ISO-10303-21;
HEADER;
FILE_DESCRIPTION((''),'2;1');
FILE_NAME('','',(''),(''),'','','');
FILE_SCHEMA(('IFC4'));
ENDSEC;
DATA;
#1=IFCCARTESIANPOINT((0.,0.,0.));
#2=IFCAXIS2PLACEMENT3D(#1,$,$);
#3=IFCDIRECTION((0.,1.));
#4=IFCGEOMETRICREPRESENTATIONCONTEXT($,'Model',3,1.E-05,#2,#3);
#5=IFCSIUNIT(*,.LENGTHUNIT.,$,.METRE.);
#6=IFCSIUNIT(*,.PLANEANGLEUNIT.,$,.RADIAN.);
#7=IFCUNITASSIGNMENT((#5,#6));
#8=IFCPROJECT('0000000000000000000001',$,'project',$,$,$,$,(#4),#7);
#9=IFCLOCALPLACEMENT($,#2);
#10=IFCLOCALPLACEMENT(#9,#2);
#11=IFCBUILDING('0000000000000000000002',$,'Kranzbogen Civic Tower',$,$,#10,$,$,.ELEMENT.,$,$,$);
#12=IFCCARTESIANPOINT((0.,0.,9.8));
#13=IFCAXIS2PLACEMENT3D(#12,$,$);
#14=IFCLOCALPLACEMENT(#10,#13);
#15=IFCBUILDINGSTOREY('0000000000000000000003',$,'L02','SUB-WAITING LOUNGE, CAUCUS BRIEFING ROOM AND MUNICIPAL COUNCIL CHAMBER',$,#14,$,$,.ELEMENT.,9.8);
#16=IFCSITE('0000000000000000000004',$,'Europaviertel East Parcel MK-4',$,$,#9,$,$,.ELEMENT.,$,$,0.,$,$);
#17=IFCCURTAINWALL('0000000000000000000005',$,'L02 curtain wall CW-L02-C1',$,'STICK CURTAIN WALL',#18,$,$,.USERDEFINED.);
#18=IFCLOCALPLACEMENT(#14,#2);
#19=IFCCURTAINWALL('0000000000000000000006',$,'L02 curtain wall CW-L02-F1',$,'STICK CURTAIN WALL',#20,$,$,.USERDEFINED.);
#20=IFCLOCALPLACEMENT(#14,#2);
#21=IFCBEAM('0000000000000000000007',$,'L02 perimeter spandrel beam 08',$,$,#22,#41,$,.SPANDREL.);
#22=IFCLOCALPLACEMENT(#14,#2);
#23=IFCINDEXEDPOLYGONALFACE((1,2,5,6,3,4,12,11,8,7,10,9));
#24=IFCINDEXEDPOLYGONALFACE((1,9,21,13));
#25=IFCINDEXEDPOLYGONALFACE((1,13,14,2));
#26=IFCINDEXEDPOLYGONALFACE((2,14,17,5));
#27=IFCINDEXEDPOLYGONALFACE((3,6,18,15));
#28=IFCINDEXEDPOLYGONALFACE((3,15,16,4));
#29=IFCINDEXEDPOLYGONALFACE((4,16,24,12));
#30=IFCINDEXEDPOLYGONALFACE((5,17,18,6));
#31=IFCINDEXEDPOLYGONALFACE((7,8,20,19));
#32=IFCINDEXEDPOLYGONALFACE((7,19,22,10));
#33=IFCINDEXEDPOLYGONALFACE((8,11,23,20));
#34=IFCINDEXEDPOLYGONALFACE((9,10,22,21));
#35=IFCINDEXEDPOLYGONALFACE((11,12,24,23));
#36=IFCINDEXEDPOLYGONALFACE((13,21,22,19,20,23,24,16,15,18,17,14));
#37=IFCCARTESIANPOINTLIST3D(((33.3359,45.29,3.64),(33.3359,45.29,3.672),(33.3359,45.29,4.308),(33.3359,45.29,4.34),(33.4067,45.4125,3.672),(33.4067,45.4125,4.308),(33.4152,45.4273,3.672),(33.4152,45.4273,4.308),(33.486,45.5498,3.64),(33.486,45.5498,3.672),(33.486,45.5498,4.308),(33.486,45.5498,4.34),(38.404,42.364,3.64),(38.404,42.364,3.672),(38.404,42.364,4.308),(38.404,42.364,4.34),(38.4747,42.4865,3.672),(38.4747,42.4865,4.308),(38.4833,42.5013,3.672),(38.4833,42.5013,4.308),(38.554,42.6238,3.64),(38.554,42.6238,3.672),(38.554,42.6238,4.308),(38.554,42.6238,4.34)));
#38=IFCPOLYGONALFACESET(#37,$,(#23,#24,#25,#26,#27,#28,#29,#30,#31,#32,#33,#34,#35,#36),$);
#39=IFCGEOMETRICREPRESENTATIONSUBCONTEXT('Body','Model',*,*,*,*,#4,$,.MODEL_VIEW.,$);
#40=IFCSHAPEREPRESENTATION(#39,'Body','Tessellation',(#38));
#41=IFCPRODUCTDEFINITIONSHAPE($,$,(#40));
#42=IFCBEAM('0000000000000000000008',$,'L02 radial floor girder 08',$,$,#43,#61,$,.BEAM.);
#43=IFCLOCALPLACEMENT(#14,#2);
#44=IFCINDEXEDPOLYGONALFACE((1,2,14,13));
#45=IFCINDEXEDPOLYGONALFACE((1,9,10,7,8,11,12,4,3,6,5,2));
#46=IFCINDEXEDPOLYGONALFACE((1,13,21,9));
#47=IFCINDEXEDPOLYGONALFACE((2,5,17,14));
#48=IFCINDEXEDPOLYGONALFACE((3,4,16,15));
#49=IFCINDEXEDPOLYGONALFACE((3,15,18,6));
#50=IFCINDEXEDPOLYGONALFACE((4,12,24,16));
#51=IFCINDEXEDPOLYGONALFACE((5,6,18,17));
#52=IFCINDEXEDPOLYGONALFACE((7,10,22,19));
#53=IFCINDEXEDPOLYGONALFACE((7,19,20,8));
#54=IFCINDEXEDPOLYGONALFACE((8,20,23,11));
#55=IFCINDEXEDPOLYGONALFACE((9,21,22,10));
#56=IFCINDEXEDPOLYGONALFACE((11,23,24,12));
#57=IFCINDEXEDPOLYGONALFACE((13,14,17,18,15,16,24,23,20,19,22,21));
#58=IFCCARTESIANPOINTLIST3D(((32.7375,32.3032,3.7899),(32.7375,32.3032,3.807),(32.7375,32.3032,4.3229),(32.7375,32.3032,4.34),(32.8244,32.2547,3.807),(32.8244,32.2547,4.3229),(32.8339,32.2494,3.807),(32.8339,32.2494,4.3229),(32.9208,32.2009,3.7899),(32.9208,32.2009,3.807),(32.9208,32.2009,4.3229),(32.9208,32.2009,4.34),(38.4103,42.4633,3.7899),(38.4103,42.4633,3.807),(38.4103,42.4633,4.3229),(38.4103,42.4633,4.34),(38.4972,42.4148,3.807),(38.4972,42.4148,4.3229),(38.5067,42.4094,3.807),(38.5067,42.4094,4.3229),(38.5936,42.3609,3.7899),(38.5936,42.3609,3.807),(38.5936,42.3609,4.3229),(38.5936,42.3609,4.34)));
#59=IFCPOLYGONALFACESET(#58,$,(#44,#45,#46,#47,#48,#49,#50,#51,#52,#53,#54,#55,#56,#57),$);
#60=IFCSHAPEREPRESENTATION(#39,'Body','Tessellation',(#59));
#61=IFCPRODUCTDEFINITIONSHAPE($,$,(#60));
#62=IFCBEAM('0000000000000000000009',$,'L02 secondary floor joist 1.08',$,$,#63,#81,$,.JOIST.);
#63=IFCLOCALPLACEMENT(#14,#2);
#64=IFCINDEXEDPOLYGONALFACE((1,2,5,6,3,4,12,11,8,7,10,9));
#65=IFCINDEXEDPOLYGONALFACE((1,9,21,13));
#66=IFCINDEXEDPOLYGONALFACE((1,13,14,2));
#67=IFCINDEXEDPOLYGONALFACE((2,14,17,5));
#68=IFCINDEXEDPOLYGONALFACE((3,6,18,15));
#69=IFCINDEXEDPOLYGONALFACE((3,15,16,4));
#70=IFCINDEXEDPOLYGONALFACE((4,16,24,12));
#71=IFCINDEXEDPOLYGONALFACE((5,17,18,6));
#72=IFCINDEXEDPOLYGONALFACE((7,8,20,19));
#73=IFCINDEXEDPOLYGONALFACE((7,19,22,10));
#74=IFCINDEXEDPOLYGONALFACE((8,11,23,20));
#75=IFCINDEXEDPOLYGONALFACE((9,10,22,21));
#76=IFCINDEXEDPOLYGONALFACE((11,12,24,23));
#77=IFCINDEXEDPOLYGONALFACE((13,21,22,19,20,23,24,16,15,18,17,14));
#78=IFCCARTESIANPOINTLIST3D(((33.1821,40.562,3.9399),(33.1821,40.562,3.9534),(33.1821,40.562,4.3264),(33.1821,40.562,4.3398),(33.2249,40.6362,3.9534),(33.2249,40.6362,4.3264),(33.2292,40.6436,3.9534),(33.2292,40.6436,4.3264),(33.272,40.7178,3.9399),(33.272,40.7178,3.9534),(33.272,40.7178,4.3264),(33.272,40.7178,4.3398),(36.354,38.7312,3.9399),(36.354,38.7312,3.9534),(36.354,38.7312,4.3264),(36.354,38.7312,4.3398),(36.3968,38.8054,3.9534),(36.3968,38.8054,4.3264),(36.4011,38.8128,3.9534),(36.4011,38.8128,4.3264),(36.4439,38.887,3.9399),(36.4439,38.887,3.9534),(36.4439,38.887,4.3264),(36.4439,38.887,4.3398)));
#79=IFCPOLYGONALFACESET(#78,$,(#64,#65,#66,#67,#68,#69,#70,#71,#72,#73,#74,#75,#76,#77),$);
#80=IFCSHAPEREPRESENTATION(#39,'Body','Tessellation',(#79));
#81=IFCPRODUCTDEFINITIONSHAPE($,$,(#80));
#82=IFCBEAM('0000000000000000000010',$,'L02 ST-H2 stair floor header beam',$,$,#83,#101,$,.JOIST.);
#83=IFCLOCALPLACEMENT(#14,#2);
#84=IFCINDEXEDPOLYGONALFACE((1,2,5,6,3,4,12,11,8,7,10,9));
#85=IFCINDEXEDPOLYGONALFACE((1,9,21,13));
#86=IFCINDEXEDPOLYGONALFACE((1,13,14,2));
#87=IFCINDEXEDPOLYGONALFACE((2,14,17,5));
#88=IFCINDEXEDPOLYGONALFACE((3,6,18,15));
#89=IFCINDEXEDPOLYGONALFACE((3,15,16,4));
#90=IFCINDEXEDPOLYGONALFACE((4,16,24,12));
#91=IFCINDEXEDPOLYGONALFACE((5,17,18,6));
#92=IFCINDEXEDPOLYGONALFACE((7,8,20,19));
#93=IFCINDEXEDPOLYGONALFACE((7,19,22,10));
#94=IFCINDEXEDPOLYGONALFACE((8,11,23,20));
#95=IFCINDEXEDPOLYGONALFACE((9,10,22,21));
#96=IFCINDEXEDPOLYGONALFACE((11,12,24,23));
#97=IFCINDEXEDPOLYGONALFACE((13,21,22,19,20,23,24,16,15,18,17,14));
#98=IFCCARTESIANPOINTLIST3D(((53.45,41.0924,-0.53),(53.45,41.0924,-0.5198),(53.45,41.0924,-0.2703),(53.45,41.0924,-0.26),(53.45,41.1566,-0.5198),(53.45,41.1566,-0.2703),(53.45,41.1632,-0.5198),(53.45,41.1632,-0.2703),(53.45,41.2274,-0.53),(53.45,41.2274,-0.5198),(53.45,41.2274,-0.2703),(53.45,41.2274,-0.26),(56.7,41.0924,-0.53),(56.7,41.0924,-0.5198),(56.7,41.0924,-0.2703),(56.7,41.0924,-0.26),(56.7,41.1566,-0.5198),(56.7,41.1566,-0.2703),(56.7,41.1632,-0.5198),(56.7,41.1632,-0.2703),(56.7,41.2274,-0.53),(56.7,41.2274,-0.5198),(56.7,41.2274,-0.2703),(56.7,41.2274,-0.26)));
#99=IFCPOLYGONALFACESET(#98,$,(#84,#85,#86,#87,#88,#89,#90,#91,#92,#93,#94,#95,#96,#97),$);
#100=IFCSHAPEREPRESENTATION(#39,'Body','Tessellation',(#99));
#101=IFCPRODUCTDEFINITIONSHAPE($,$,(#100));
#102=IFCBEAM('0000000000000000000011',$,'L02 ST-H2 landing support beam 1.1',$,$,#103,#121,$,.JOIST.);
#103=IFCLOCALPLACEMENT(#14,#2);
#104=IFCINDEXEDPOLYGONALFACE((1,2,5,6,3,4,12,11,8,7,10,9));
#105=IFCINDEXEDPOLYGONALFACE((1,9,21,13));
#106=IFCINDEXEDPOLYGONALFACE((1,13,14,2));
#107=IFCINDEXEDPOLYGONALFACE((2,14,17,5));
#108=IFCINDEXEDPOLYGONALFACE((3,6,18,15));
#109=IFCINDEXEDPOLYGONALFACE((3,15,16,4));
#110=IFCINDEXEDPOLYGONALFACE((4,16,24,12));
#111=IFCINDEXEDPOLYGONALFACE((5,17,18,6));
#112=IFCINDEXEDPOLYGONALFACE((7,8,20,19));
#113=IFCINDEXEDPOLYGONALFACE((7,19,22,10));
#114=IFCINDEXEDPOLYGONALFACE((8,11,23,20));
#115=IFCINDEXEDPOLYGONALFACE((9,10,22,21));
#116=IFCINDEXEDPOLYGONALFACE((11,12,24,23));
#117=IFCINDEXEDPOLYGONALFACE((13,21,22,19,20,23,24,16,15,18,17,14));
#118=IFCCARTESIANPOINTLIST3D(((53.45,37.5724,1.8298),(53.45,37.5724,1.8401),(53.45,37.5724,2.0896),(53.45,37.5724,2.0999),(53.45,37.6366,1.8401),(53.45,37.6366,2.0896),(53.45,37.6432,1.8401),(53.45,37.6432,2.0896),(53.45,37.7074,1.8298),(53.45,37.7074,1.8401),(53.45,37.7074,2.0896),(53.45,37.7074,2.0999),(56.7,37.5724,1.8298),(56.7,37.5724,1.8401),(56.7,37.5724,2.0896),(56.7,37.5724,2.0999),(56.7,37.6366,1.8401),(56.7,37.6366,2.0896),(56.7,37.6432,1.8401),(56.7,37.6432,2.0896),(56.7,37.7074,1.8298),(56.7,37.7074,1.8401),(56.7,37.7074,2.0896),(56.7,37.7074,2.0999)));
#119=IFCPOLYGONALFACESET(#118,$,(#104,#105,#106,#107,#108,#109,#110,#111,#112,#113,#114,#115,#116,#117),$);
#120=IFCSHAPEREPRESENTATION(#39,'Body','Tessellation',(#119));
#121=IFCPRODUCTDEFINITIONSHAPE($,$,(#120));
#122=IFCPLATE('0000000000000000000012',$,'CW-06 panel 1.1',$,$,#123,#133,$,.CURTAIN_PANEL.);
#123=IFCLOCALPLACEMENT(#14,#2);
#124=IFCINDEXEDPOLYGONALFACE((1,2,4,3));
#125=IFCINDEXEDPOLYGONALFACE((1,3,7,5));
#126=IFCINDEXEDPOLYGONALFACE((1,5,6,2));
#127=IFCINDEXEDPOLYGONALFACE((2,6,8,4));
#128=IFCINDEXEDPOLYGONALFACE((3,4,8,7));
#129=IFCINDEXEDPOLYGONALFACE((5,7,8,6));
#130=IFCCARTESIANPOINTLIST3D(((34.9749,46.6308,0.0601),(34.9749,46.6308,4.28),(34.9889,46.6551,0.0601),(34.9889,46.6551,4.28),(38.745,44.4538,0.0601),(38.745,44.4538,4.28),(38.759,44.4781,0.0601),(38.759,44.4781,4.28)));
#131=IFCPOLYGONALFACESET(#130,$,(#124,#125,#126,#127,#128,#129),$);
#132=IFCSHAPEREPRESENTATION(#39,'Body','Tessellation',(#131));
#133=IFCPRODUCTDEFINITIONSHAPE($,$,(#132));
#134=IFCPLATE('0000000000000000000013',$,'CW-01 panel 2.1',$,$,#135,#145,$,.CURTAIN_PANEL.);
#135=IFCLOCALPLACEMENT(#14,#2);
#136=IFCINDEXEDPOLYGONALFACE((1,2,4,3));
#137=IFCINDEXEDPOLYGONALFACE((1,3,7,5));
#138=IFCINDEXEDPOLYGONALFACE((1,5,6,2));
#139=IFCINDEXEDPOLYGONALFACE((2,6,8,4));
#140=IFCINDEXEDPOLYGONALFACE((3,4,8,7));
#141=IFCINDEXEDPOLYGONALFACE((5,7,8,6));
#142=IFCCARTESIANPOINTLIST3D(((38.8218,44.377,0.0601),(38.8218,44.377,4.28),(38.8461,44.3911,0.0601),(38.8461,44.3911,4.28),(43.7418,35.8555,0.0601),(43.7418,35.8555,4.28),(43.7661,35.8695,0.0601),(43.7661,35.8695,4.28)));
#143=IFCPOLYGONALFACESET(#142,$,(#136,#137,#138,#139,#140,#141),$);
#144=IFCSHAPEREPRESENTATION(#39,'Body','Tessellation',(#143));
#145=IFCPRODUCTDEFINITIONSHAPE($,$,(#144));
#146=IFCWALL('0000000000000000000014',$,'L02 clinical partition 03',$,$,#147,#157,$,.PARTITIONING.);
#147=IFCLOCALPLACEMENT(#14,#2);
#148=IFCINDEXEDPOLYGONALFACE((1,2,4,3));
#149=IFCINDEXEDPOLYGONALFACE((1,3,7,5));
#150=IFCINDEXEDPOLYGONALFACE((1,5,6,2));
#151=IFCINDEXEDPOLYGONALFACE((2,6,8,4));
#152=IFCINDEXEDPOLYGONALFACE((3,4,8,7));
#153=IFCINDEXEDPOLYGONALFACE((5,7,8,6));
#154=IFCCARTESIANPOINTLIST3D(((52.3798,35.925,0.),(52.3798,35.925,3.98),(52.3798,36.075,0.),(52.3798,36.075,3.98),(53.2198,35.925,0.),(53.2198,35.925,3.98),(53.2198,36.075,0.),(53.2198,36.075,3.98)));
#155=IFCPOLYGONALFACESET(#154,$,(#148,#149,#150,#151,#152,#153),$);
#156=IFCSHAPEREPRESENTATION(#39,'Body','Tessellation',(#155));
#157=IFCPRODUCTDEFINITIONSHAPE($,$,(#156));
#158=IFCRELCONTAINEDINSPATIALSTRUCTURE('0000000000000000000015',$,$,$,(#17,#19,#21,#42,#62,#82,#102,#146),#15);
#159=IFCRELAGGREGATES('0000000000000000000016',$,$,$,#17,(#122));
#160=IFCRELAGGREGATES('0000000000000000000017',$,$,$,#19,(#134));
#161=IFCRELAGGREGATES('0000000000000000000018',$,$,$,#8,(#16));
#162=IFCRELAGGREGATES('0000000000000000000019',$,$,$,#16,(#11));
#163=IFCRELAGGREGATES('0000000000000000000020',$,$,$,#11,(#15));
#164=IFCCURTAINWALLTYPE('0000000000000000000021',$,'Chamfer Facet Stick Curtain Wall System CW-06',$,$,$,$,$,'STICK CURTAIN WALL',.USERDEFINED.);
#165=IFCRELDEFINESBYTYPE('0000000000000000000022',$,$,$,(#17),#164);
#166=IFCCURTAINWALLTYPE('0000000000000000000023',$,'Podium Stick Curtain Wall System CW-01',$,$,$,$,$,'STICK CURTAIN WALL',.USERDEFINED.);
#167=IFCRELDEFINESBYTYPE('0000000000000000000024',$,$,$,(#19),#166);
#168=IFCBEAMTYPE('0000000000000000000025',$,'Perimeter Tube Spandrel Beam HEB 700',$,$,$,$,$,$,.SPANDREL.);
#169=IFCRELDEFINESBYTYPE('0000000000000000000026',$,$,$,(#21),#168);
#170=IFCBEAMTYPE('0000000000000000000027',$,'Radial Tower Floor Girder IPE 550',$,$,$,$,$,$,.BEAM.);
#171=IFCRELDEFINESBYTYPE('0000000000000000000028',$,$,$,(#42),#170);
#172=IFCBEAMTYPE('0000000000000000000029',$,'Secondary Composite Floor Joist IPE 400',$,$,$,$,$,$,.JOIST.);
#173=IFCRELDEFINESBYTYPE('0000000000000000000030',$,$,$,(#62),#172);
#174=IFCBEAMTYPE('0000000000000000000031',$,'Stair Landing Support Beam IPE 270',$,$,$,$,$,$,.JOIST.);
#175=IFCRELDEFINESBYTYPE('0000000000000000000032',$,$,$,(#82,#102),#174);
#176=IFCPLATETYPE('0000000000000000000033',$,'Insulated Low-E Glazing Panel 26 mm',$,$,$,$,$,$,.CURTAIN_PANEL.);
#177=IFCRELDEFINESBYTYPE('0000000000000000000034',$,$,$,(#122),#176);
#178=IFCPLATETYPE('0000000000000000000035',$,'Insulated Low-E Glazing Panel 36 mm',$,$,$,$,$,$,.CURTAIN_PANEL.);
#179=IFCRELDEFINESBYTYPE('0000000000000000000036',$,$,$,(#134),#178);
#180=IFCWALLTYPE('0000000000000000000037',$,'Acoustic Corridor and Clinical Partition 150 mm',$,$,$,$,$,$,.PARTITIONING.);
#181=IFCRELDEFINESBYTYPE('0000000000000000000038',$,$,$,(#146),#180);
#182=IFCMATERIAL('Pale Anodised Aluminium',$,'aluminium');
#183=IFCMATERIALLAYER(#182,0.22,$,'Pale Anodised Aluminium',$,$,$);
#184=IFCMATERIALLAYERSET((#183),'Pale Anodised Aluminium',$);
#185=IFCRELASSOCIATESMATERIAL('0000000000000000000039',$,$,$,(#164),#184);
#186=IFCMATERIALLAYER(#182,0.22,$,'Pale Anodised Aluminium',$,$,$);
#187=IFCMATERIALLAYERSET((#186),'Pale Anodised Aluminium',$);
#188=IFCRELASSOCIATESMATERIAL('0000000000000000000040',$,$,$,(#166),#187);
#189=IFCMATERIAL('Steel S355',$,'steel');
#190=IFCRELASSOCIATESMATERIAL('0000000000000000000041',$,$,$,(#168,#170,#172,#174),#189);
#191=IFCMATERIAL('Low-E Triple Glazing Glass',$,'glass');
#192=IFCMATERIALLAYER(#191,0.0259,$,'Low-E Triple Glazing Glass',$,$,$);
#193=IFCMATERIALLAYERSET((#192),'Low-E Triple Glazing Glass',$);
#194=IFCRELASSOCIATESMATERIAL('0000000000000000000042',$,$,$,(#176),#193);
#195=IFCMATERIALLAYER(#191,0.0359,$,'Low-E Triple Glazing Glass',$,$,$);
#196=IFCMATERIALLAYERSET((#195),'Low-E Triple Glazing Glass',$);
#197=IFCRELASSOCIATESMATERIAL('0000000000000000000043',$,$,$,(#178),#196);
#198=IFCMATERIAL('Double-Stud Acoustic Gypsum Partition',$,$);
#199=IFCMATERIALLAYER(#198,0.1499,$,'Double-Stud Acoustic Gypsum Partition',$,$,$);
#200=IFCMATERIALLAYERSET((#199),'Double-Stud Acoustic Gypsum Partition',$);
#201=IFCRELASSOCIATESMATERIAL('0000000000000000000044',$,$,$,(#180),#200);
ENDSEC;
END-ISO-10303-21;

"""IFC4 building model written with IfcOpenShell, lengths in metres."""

from ifc_helpers import new_model, si_unit, direction, frame, frame_2d, origin, origin_2d, place, context, subcontext, project, spatial, rectangle, i_section, extrude, material, layer, layer_set, material_profile, profile_set, type_object, element, aggregate, save


model = new_model("IFC4")

# Units and contexts
model_context = context("Model", 3, precision=1e-05, world=origin(), true_north=direction((0.0, 1.0)))
body_context = subcontext(model_context, "Body", "Model", "MODEL_VIEW")
ifc_project = project(units=[si_unit("LENGTHUNIT", "METRE"), si_unit("PLANEANGLEUNIT", "RADIAN")], contexts=[model_context])

# Site, building, storey
site_placement = place(None, origin())
site = spatial("IfcSite", under=ifc_project, at=site_placement, Name="Europaviertel East Parcel MK-4", CompositionType="ELEMENT", RefElevation=0.0)
building_placement = place(site_placement, origin())
building = spatial("IfcBuilding", under=site, at=building_placement, Name="Kranzbogen Civic Tower", CompositionType="ELEMENT")
storey_placement = place(building_placement, frame((0.0, 0.0, 9.8)))
storey = spatial("IfcBuildingStorey", under=building, at=storey_placement, Name="L02", Description="SUB-WAITING LOUNGE, CAUCUS BRIEFING ROOM AND MUNICIPAL COUNCIL CHAMBER", CompositionType="ELEMENT", Elevation=9.8)

# Curtain wall
ifc_material_1 = material(Name="Pale Anodised Aluminium", Category="aluminium")
ifc_layer_1 = layer(ifc_material_1, 0.22, Name="Pale Anodised Aluminium")
ifc_layer_set_1 = layer_set([ifc_layer_1], Name="Pale Anodised Aluminium")
curtain_wall_type_1 = type_object("IfcCurtainWallType", Name="Chamfer Facet Stick Curtain Wall System CW-06", ElementType="STICK CURTAIN WALL", PredefinedType="USERDEFINED", material=ifc_layer_set_1)
curtain_wall_1_placement = place(storey_placement, origin())
curtain_wall_1 = element("IfcCurtainWall", 1, at=curtain_wall_1_placement, inside=storey, type_object=curtain_wall_type_1, Name="L02 curtain wall CW-L02-C1", ObjectType="STICK CURTAIN WALL", PredefinedType="USERDEFINED")

# Curtain wall
ifc_layer_2 = layer(ifc_material_1, 0.22, Name="Pale Anodised Aluminium")
ifc_layer_set_2 = layer_set([ifc_layer_2], Name="Pale Anodised Aluminium")
curtain_wall_type_2 = type_object("IfcCurtainWallType", Name="Podium Stick Curtain Wall System CW-01", ElementType="STICK CURTAIN WALL", PredefinedType="USERDEFINED", material=ifc_layer_set_2)
curtain_wall_2_placement = place(storey_placement, origin())
curtain_wall_2 = element("IfcCurtainWall", 2, at=curtain_wall_2_placement, inside=storey, type_object=curtain_wall_type_2, Name="L02 curtain wall CW-L02-F1", ObjectType="STICK CURTAIN WALL", PredefinedType="USERDEFINED")

# Beams
ifc_material_2 = material(Name="Steel S355", Category="steel")
ifc_material_profile_1 = material_profile(ifc_material_2, i_section(OverallWidth=0.3, OverallDepth=0.7, WebThickness=0.0171, FlangeThickness=0.032, at=origin_2d()), Name="HEB 700")
ifc_profile_set_1 = profile_set([ifc_material_profile_1], Name="Steel S355")
beam_type_1 = type_object("IfcBeamType", Name="Perimeter Tube Spandrel Beam HEB 700", PredefinedType="SPANDREL", material=ifc_profile_set_1)
beam_1_placement = place(storey_placement, frame((38.479, 42.4939, 3.99), z_axis=(-0.866029, 0.499993, 0.0), x_axis=(-0.499993, -0.866029, 0.0)))
element("IfcBeam", 3, at=beam_1_placement, inside=storey, type_object=beam_type_1, Name="L02 perimeter spandrel beam 08", PredefinedType="SPANDREL", context=body_context, shape_type="SweptSolid", body=[
    extrude(i_section(OverallWidth=0.3, OverallDepth=0.7, WebThickness=0.0171, FlangeThickness=0.032, at=origin_2d()), origin(), (0.0, 0.0, 1.0), 5.8521),
])
ifc_material_profile_2 = material_profile(ifc_material_2, i_section(OverallWidth=0.21, OverallDepth=0.55, WebThickness=0.011, FlangeThickness=0.0171, at=origin_2d()), Name="IPE 550")
ifc_profile_set_2 = profile_set([ifc_material_profile_2], Name="Steel S355")
beam_type_2 = type_object("IfcBeamType", Name="Radial Tower Floor Girder IPE 550", PredefinedType="BEAM", material=ifc_profile_set_2)
beam_2_placement = place(storey_placement, frame((38.502, 42.4121, 4.0649), z_axis=(-0.487502, -0.873122, 0.0), x_axis=(0.873122, -0.487502, 0.0)))
element("IfcBeam", 4, at=beam_2_placement, inside=storey, type_object=beam_type_2, Name="L02 radial floor girder 08", PredefinedType="BEAM", context=body_context, shape_type="SweptSolid", body=[
    extrude(i_section(OverallWidth=0.21, OverallDepth=0.55, WebThickness=0.011, FlangeThickness=0.0171, at=origin_2d()), origin(), (0.0, 0.0, 1.0), 11.6365),
])
ifc_material_profile_3 = material_profile(ifc_material_2, i_section(OverallWidth=0.1799, OverallDepth=0.3999, WebThickness=0.0085, FlangeThickness=0.0134, at=origin_2d()), Name="IPE 400")
ifc_profile_set_3 = profile_set([ifc_material_profile_3], Name="Steel S355")
beam_type_3 = type_object("IfcBeamType", Name="Secondary Composite Floor Joist IPE 400", PredefinedType="JOIST", material=ifc_profile_set_3)
beam_3_placement = place(storey_placement, frame((36.3989, 38.8091, 4.1399), z_axis=(-0.866081, 0.499903, 0.0), x_axis=(-0.499903, -0.866081, 0.0)))
element("IfcBeam", 5, at=beam_3_placement, inside=storey, type_object=beam_type_3, Name="L02 secondary floor joist 1.08", PredefinedType="JOIST", context=body_context, shape_type="SweptSolid", body=[
    extrude(i_section(OverallWidth=0.1799, OverallDepth=0.3999, WebThickness=0.0085, FlangeThickness=0.0134, at=origin_2d()), origin(), (0.0, 0.0, 1.0), 3.6624),
])
ifc_material_profile_4 = material_profile(ifc_material_2, i_section(OverallWidth=0.135, OverallDepth=0.27, WebThickness=0.0066, FlangeThickness=0.0103, at=origin_2d()), Name="IPE 270")
ifc_profile_set_4 = profile_set([ifc_material_profile_4], Name="Steel S355")
beam_type_4 = type_object("IfcBeamType", Name="Stair Landing Support Beam IPE 270", PredefinedType="JOIST", material=ifc_profile_set_4)
for number, where, z_axis, x_axis, name in (
    (6, (53.45, 41.1599, -0.395), (1.0, 0.0, 0.0), (0.0, 1.0, 0.0), "L02 ST-H2 stair floor header beam"),
    (7, (53.45, 37.6399, 1.9648), (1.0, 0.0, 0.0), (0.0, 1.0, 0.0), "L02 ST-H2 landing support beam 1.1"),
):
    element("IfcBeam", number, at=place(storey_placement, frame(where, z_axis=z_axis, x_axis=x_axis)), inside=storey, type_object=beam_type_4, Name=name, PredefinedType="JOIST", context=body_context, shape_type="SweptSolid", body=[
        extrude(i_section(OverallWidth=0.135, OverallDepth=0.27, WebThickness=0.0066, FlangeThickness=0.0103, at=origin_2d()), origin(), (0.0, 0.0, 1.0), 3.25),
    ])

# Plates
ifc_material_3 = material(Name="Low-E Triple Glazing Glass", Category="glass")
ifc_layer_3 = layer(ifc_material_3, 0.0259, Name="Low-E Triple Glazing Glass")
ifc_layer_set_3 = layer_set([ifc_layer_3], Name="Low-E Triple Glazing Glass")
plate_type_1 = type_object("IfcPlateType", Name="Insulated Low-E Glazing Panel 26 mm", PredefinedType="CURTAIN_PANEL", material=ifc_layer_set_3)
plate_1_placement = place(storey_placement, frame((36.8669, 45.5544, 0.0601), z_axis=(0.0, 0.0, 1.0), x_axis=(-0.865992, 0.500058, 0.0)))
plate_1 = element("IfcPlate", 8, at=plate_1_placement, type_object=plate_type_1, Name="CW-06 panel 1.1", PredefinedType="CURTAIN_PANEL", context=body_context, shape_type="SweptSolid", body=[
    extrude(rectangle(XDim=4.3535, YDim=0.0281, at=origin_2d()), origin(), (0.0, 0.0, 1.0), 4.22),
])
aggregate(curtain_wall_1, [plate_1])
ifc_layer_4 = layer(ifc_material_3, 0.0359, Name="Low-E Triple Glazing Glass")
ifc_layer_set_4 = layer_set([ifc_layer_4], Name="Low-E Triple Glazing Glass")
plate_type_2 = type_object("IfcPlateType", Name="Insulated Low-E Glazing Panel 36 mm", PredefinedType="CURTAIN_PANEL", material=ifc_layer_set_4)
plate_2_placement = place(storey_placement, frame((41.2939, 40.1233, 0.0601), z_axis=(0.0, 0.0, 1.0), x_axis=(-0.500006, 0.866022, 0.0)))
plate_2 = element("IfcPlate", 9, at=plate_2_placement, type_object=plate_type_2, Name="CW-01 panel 2.1", PredefinedType="CURTAIN_PANEL", context=body_context, shape_type="SweptSolid", body=[
    extrude(rectangle(XDim=9.8398, YDim=0.0281, at=origin_2d()), origin(), (0.0, 0.0, 1.0), 4.22),
])
aggregate(curtain_wall_2, [plate_2])

# Wall
ifc_material_4 = material(Name="Double-Stud Acoustic Gypsum Partition")
ifc_layer_5 = layer(ifc_material_4, 0.1499, Name="Double-Stud Acoustic Gypsum Partition")
ifc_layer_set_5 = layer_set([ifc_layer_5], Name="Double-Stud Acoustic Gypsum Partition")
wall_type_1 = type_object("IfcWallType", Name="Acoustic Corridor and Clinical Partition 150 mm", PredefinedType="PARTITIONING", material=ifc_layer_set_5)
wall_1_placement = place(storey_placement, frame((52.3799, 36.0, 0.0), z_axis=(0.0, 0.0, 1.0), x_axis=(1.0, 0.0, 0.0)))
element("IfcWall", 10, at=wall_1_placement, inside=storey, type_object=wall_type_1, Name="L02 clinical partition 03", PredefinedType="PARTITIONING", context=body_context, shape_type="SweptSolid", body=[
    extrude(rectangle(XDim=0.8401, YDim=0.1499, at=frame_2d((0.4199, 0.0))), origin(), (0.0, 0.0, 1.0), 3.98),
])

save(model, "model.ifc")
